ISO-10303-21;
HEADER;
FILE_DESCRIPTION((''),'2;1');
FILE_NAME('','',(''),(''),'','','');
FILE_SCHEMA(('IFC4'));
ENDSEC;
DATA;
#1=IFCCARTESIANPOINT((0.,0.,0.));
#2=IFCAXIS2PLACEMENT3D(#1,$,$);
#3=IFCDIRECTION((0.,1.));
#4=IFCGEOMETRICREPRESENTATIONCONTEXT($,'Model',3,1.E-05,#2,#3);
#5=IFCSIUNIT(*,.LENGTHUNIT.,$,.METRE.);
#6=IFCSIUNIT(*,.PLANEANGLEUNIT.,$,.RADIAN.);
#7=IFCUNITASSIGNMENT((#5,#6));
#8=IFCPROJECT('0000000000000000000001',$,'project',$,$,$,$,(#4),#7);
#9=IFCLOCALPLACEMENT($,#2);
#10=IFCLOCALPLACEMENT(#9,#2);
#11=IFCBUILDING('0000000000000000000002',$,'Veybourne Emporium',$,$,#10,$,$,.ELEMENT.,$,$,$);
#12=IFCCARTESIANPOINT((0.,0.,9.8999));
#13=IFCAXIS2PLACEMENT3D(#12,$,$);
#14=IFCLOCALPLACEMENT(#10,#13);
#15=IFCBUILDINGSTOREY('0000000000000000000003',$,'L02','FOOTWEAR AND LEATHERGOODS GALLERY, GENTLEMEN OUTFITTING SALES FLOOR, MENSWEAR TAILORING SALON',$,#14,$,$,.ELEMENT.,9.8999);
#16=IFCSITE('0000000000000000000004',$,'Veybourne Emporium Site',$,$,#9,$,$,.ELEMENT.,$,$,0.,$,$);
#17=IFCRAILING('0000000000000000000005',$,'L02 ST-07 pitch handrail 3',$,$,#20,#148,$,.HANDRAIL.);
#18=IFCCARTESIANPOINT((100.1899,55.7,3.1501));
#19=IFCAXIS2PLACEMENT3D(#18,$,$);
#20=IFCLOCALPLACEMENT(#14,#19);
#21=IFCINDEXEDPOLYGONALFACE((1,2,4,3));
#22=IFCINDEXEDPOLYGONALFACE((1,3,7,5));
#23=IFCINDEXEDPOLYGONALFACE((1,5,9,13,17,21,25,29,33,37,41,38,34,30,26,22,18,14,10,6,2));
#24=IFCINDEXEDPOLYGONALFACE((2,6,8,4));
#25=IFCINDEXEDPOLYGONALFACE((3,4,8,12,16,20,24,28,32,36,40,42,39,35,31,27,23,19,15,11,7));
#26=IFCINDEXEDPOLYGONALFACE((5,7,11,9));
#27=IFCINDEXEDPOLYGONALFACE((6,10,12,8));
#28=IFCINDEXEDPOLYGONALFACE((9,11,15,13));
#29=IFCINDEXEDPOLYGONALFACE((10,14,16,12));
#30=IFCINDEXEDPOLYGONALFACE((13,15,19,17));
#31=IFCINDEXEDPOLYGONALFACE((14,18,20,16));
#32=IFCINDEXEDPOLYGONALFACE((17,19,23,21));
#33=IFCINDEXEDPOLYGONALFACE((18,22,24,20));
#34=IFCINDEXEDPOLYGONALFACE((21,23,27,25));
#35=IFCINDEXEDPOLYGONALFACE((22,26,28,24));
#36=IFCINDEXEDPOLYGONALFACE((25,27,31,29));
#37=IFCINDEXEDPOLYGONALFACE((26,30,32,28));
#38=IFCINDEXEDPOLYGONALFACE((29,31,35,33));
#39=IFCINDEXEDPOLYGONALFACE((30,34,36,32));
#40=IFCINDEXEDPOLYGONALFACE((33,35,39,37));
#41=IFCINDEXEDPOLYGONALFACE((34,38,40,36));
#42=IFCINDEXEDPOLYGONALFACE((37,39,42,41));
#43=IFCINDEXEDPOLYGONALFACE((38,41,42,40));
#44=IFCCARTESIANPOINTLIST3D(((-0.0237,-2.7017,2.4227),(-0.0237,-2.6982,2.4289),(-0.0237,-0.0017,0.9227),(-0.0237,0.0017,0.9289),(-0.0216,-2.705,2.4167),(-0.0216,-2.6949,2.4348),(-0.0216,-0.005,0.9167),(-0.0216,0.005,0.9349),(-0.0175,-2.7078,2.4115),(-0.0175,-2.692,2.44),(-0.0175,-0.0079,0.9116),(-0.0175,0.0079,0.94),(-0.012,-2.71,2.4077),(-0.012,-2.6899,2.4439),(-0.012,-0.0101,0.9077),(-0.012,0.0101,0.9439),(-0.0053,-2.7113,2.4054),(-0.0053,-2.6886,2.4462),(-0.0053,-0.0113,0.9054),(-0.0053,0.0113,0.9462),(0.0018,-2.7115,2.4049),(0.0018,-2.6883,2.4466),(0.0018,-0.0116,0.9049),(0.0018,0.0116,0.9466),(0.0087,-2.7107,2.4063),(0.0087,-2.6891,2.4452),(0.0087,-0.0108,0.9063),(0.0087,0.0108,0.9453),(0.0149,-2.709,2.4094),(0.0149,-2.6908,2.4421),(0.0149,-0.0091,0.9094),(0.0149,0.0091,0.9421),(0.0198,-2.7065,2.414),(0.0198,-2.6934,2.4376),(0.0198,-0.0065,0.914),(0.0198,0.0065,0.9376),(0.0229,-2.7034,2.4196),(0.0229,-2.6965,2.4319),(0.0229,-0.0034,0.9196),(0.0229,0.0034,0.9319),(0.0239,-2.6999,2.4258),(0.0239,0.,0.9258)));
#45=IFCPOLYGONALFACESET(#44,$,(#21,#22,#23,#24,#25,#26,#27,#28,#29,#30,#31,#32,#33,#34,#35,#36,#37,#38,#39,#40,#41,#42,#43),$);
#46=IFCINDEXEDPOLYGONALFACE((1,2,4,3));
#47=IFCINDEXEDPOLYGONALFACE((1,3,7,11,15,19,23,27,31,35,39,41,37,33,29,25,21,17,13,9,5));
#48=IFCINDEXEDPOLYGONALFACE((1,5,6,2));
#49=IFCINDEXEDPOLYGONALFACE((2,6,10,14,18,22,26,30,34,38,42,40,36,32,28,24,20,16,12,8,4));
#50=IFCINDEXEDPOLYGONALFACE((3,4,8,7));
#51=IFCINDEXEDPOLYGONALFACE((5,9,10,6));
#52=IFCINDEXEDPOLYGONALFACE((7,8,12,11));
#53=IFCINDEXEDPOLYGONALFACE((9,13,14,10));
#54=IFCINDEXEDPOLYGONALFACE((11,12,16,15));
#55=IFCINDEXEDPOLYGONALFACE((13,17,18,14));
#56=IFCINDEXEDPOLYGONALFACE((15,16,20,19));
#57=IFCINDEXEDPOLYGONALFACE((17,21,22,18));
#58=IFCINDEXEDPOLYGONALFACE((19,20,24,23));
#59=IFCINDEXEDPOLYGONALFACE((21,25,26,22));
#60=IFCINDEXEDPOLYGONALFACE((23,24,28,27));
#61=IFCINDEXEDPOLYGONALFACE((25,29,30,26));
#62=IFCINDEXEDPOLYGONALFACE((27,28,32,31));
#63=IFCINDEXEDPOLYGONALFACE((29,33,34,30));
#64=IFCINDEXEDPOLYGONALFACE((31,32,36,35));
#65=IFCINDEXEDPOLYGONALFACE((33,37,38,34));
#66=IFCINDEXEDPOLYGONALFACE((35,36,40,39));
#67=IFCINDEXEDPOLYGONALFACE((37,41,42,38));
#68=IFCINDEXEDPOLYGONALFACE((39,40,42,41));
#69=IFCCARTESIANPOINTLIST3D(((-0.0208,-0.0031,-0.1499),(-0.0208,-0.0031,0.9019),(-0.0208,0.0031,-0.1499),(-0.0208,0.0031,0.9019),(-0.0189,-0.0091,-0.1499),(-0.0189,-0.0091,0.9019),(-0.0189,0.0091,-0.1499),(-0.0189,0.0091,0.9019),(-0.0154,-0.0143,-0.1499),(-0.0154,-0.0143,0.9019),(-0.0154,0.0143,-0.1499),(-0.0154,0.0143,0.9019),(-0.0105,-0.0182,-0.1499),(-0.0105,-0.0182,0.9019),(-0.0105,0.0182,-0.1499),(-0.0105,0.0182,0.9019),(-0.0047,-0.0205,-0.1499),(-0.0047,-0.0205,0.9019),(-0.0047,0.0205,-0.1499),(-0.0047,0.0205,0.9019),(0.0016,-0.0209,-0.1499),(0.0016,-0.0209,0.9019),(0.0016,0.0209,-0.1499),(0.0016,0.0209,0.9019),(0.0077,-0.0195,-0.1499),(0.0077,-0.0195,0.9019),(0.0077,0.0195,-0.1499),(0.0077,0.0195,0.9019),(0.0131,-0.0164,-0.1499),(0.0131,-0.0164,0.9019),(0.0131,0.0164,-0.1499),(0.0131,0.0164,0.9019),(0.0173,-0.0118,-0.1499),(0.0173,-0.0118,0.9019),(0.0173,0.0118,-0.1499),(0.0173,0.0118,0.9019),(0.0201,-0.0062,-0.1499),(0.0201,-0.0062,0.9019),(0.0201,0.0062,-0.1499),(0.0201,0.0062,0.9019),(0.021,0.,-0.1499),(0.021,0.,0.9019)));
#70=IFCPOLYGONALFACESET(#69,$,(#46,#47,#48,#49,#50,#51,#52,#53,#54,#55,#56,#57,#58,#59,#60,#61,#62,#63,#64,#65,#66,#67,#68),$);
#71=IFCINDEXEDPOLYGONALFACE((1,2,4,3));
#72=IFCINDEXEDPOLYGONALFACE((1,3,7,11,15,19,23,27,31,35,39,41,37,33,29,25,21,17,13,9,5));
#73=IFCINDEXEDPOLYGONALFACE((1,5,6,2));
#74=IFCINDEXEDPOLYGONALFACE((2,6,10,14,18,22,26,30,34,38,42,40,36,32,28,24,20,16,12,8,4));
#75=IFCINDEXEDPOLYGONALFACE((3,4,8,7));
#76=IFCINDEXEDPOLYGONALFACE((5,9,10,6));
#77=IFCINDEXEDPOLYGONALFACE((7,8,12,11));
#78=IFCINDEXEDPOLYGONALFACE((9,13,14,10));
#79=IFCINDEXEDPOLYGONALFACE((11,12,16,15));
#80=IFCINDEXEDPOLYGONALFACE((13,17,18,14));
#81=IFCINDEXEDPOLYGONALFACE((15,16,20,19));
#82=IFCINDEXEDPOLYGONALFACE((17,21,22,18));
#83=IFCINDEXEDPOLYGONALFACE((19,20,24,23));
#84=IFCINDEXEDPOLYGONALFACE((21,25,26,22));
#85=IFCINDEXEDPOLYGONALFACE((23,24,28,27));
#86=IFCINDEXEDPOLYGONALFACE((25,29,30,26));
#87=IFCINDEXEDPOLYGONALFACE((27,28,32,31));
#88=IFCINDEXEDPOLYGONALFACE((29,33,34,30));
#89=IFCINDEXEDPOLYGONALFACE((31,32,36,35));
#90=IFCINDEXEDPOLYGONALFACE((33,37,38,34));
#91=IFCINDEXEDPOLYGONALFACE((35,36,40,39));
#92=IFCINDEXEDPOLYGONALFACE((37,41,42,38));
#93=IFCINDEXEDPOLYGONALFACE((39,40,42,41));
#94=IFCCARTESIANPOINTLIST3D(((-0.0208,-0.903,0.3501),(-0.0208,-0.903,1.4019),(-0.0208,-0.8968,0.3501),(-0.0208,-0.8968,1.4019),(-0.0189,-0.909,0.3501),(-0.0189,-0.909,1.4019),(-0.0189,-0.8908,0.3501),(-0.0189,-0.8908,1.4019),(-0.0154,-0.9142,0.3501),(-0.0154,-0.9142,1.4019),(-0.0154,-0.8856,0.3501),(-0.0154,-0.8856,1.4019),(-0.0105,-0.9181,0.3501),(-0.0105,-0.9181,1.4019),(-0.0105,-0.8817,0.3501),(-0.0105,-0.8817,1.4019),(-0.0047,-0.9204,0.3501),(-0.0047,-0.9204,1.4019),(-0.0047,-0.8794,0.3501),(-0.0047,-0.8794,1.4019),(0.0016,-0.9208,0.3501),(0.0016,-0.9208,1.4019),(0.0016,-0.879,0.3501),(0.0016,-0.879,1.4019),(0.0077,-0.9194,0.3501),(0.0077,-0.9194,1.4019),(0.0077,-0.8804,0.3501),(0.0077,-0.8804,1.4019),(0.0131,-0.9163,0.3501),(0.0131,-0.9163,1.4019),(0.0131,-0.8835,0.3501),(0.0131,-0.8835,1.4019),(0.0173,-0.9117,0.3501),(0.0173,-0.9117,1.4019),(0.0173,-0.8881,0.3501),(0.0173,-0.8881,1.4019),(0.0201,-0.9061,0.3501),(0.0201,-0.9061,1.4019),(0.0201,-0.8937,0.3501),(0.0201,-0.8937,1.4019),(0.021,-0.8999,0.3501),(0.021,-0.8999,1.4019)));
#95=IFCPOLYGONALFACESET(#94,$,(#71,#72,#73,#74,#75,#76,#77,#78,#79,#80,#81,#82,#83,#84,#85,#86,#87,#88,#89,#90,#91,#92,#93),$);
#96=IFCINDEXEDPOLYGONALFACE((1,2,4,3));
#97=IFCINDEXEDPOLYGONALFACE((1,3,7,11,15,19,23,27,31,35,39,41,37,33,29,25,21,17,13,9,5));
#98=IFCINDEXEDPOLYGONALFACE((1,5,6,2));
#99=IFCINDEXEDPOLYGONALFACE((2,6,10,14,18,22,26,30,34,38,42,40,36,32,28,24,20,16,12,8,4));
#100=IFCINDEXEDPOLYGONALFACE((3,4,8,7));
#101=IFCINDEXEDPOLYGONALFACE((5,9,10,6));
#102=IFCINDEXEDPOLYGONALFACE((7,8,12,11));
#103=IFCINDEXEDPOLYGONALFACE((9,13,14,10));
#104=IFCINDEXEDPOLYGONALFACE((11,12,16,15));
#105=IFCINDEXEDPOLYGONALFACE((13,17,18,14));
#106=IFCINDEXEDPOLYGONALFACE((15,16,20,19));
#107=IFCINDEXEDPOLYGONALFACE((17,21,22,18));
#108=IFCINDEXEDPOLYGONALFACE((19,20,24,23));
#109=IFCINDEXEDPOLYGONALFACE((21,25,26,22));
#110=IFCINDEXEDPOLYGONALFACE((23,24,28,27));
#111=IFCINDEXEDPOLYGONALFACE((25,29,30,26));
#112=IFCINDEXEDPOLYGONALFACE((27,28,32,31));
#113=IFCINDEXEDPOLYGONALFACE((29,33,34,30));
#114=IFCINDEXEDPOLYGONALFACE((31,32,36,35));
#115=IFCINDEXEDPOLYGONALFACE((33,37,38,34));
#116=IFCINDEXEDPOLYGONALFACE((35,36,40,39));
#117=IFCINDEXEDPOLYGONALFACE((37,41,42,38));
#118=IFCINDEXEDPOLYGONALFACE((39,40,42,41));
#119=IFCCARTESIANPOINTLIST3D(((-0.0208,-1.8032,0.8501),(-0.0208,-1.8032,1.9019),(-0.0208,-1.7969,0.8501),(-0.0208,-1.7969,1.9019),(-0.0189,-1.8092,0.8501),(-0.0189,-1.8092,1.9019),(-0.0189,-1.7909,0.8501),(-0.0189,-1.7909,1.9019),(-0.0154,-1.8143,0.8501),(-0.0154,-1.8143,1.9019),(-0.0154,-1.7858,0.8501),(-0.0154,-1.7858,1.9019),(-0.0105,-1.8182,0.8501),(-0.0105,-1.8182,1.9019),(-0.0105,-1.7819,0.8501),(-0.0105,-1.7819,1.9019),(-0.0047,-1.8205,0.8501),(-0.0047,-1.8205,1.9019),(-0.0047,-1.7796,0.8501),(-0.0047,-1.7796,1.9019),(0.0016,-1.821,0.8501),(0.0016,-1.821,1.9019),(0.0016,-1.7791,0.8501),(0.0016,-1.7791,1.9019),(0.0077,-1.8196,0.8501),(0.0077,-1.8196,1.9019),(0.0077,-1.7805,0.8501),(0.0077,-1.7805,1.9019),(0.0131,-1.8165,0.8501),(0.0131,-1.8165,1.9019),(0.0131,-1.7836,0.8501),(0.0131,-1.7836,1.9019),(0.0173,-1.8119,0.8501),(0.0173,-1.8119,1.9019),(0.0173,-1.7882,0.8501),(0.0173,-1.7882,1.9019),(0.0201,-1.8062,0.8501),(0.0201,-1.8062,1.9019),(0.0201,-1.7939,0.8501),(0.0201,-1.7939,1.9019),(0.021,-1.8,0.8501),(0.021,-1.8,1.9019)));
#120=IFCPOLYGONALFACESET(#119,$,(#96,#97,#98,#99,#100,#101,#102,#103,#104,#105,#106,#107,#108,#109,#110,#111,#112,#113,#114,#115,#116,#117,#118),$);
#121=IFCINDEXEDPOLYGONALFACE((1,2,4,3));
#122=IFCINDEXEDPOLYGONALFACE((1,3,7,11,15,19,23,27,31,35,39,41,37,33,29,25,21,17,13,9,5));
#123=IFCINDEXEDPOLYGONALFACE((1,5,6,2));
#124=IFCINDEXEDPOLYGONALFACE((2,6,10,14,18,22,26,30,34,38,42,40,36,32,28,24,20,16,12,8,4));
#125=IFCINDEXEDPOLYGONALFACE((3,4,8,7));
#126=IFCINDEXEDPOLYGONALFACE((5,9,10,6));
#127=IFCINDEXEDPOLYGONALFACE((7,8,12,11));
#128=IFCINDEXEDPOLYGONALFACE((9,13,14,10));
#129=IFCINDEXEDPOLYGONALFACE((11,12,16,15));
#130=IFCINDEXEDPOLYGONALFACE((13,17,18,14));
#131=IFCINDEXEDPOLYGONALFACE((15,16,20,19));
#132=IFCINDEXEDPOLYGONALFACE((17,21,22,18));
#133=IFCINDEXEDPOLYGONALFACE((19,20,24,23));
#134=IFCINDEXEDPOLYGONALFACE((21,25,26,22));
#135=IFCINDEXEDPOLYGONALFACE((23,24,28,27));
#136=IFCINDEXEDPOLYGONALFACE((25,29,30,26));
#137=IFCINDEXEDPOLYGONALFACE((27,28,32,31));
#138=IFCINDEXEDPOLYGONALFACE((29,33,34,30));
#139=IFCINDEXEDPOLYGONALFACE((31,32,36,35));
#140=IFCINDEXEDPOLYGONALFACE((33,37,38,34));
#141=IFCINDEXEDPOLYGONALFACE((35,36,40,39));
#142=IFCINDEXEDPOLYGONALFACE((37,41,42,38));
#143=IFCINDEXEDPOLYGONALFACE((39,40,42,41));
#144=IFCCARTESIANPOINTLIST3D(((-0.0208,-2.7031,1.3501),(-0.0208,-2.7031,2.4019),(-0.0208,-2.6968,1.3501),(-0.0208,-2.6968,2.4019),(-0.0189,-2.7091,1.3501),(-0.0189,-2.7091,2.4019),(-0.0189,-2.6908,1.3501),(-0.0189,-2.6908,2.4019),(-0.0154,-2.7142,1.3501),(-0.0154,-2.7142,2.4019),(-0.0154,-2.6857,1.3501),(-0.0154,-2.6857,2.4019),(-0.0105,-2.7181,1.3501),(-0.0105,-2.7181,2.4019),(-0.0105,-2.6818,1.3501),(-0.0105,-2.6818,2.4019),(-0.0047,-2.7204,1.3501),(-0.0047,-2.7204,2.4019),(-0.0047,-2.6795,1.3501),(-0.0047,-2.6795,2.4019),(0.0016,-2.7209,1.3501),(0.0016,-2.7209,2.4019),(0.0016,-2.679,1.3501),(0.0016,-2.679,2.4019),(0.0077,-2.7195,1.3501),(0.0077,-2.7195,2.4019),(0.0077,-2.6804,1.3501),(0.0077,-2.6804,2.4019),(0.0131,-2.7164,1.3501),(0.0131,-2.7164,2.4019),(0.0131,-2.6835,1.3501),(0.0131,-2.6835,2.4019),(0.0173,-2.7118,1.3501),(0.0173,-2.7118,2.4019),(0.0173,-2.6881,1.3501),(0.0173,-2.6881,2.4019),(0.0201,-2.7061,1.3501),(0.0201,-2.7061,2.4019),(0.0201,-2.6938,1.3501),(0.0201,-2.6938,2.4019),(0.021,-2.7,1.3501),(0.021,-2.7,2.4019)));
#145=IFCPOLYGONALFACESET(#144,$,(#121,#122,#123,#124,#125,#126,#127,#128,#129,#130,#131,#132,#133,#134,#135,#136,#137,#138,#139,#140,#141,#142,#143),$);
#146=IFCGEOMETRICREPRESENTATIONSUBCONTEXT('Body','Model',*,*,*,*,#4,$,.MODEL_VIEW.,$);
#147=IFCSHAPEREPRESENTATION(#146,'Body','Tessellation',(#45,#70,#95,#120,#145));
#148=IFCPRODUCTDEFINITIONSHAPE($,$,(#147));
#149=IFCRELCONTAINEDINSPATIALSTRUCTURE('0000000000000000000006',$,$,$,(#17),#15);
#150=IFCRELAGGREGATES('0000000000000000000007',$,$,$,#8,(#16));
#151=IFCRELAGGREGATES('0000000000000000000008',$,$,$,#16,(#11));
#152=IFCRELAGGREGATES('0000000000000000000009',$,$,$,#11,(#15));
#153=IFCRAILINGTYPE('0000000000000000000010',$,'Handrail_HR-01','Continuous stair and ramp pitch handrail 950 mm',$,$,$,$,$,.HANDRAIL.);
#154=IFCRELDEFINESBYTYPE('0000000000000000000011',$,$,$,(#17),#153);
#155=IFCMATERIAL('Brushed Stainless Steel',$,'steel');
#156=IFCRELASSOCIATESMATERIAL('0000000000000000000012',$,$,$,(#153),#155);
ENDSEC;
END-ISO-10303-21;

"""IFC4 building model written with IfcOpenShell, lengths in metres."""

from ifc_helpers import new_model, si_unit, direction, frame, origin, origin_2d, place, context, subcontext, project, spatial, circle, extrude, material, type_object, element, save


model = new_model("IFC4")

# Units and contexts
model_context = context("Model", 3, precision=1e-05, world=origin(), true_north=direction((0.0, 1.0)))
body_context = subcontext(model_context, "Body", "Model", "MODEL_VIEW")
ifc_project = project(units=[si_unit("LENGTHUNIT", "METRE"), si_unit("PLANEANGLEUNIT", "RADIAN")], contexts=[model_context])

# Site, building, storey
site_placement = place(None, origin())
site = spatial("IfcSite", under=ifc_project, at=site_placement, Name="Veybourne Emporium Site", CompositionType="ELEMENT", RefElevation=0.0)
building_placement = place(site_placement, origin())
building = spatial("IfcBuilding", under=site, at=building_placement, Name="Veybourne Emporium", CompositionType="ELEMENT")
storey_placement = place(building_placement, frame((0.0, 0.0, 9.8999)))
storey = spatial("IfcBuildingStorey", under=building, at=storey_placement, Name="L02", Description="FOOTWEAR AND LEATHERGOODS GALLERY, GENTLEMEN OUTFITTING SALES FLOOR, MENSWEAR TAILORING SALON", CompositionType="ELEMENT", Elevation=9.8999)

# Railing
ifc_material_1 = material(Name="Brushed Stainless Steel", Category="steel")
railing_type_1 = type_object("IfcRailingType", Name="Handrail_HR-01", Description="Continuous stair and ramp pitch handrail 950 mm", PredefinedType="HANDRAIL", material=ifc_material_1)
railing_1_placement = place(storey_placement, frame((100.1899, 55.7, 3.1501)))
element("IfcRailing", 1, at=railing_1_placement, inside=storey, type_object=railing_type_1, Name="L02 ST-07 pitch handrail 3", PredefinedType="HANDRAIL", context=body_context, shape_type="SweptSolid", body=[
    extrude(circle(Radius=0.0239, at=origin_2d()), frame((0.0, 0.0, 0.9258), z_axis=(0.0, -0.874154, 0.48565), x_axis=(1.0, 0.0, 0.0)), (0.0, 0.0, 1.0), 3.0886),
    extrude(circle(Radius=0.021, at=origin_2d()), frame((0.0, 0.0, -0.1499)), (0.0, 0.0, 1.0), 1.0518),
    extrude(circle(Radius=0.021, at=origin_2d()), frame((0.0, -0.8999, 0.3501)), (0.0, 0.0, 1.0), 1.0518),
    extrude(circle(Radius=0.021, at=origin_2d()), frame((0.0, -1.8, 0.8501)), (0.0, 0.0, 1.0), 1.0518),
    extrude(circle(Radius=0.021, at=origin_2d()), frame((0.0, -2.7, 1.3501)), (0.0, 0.0, 1.0), 1.0518),
])

save(model, "model.ifc")
